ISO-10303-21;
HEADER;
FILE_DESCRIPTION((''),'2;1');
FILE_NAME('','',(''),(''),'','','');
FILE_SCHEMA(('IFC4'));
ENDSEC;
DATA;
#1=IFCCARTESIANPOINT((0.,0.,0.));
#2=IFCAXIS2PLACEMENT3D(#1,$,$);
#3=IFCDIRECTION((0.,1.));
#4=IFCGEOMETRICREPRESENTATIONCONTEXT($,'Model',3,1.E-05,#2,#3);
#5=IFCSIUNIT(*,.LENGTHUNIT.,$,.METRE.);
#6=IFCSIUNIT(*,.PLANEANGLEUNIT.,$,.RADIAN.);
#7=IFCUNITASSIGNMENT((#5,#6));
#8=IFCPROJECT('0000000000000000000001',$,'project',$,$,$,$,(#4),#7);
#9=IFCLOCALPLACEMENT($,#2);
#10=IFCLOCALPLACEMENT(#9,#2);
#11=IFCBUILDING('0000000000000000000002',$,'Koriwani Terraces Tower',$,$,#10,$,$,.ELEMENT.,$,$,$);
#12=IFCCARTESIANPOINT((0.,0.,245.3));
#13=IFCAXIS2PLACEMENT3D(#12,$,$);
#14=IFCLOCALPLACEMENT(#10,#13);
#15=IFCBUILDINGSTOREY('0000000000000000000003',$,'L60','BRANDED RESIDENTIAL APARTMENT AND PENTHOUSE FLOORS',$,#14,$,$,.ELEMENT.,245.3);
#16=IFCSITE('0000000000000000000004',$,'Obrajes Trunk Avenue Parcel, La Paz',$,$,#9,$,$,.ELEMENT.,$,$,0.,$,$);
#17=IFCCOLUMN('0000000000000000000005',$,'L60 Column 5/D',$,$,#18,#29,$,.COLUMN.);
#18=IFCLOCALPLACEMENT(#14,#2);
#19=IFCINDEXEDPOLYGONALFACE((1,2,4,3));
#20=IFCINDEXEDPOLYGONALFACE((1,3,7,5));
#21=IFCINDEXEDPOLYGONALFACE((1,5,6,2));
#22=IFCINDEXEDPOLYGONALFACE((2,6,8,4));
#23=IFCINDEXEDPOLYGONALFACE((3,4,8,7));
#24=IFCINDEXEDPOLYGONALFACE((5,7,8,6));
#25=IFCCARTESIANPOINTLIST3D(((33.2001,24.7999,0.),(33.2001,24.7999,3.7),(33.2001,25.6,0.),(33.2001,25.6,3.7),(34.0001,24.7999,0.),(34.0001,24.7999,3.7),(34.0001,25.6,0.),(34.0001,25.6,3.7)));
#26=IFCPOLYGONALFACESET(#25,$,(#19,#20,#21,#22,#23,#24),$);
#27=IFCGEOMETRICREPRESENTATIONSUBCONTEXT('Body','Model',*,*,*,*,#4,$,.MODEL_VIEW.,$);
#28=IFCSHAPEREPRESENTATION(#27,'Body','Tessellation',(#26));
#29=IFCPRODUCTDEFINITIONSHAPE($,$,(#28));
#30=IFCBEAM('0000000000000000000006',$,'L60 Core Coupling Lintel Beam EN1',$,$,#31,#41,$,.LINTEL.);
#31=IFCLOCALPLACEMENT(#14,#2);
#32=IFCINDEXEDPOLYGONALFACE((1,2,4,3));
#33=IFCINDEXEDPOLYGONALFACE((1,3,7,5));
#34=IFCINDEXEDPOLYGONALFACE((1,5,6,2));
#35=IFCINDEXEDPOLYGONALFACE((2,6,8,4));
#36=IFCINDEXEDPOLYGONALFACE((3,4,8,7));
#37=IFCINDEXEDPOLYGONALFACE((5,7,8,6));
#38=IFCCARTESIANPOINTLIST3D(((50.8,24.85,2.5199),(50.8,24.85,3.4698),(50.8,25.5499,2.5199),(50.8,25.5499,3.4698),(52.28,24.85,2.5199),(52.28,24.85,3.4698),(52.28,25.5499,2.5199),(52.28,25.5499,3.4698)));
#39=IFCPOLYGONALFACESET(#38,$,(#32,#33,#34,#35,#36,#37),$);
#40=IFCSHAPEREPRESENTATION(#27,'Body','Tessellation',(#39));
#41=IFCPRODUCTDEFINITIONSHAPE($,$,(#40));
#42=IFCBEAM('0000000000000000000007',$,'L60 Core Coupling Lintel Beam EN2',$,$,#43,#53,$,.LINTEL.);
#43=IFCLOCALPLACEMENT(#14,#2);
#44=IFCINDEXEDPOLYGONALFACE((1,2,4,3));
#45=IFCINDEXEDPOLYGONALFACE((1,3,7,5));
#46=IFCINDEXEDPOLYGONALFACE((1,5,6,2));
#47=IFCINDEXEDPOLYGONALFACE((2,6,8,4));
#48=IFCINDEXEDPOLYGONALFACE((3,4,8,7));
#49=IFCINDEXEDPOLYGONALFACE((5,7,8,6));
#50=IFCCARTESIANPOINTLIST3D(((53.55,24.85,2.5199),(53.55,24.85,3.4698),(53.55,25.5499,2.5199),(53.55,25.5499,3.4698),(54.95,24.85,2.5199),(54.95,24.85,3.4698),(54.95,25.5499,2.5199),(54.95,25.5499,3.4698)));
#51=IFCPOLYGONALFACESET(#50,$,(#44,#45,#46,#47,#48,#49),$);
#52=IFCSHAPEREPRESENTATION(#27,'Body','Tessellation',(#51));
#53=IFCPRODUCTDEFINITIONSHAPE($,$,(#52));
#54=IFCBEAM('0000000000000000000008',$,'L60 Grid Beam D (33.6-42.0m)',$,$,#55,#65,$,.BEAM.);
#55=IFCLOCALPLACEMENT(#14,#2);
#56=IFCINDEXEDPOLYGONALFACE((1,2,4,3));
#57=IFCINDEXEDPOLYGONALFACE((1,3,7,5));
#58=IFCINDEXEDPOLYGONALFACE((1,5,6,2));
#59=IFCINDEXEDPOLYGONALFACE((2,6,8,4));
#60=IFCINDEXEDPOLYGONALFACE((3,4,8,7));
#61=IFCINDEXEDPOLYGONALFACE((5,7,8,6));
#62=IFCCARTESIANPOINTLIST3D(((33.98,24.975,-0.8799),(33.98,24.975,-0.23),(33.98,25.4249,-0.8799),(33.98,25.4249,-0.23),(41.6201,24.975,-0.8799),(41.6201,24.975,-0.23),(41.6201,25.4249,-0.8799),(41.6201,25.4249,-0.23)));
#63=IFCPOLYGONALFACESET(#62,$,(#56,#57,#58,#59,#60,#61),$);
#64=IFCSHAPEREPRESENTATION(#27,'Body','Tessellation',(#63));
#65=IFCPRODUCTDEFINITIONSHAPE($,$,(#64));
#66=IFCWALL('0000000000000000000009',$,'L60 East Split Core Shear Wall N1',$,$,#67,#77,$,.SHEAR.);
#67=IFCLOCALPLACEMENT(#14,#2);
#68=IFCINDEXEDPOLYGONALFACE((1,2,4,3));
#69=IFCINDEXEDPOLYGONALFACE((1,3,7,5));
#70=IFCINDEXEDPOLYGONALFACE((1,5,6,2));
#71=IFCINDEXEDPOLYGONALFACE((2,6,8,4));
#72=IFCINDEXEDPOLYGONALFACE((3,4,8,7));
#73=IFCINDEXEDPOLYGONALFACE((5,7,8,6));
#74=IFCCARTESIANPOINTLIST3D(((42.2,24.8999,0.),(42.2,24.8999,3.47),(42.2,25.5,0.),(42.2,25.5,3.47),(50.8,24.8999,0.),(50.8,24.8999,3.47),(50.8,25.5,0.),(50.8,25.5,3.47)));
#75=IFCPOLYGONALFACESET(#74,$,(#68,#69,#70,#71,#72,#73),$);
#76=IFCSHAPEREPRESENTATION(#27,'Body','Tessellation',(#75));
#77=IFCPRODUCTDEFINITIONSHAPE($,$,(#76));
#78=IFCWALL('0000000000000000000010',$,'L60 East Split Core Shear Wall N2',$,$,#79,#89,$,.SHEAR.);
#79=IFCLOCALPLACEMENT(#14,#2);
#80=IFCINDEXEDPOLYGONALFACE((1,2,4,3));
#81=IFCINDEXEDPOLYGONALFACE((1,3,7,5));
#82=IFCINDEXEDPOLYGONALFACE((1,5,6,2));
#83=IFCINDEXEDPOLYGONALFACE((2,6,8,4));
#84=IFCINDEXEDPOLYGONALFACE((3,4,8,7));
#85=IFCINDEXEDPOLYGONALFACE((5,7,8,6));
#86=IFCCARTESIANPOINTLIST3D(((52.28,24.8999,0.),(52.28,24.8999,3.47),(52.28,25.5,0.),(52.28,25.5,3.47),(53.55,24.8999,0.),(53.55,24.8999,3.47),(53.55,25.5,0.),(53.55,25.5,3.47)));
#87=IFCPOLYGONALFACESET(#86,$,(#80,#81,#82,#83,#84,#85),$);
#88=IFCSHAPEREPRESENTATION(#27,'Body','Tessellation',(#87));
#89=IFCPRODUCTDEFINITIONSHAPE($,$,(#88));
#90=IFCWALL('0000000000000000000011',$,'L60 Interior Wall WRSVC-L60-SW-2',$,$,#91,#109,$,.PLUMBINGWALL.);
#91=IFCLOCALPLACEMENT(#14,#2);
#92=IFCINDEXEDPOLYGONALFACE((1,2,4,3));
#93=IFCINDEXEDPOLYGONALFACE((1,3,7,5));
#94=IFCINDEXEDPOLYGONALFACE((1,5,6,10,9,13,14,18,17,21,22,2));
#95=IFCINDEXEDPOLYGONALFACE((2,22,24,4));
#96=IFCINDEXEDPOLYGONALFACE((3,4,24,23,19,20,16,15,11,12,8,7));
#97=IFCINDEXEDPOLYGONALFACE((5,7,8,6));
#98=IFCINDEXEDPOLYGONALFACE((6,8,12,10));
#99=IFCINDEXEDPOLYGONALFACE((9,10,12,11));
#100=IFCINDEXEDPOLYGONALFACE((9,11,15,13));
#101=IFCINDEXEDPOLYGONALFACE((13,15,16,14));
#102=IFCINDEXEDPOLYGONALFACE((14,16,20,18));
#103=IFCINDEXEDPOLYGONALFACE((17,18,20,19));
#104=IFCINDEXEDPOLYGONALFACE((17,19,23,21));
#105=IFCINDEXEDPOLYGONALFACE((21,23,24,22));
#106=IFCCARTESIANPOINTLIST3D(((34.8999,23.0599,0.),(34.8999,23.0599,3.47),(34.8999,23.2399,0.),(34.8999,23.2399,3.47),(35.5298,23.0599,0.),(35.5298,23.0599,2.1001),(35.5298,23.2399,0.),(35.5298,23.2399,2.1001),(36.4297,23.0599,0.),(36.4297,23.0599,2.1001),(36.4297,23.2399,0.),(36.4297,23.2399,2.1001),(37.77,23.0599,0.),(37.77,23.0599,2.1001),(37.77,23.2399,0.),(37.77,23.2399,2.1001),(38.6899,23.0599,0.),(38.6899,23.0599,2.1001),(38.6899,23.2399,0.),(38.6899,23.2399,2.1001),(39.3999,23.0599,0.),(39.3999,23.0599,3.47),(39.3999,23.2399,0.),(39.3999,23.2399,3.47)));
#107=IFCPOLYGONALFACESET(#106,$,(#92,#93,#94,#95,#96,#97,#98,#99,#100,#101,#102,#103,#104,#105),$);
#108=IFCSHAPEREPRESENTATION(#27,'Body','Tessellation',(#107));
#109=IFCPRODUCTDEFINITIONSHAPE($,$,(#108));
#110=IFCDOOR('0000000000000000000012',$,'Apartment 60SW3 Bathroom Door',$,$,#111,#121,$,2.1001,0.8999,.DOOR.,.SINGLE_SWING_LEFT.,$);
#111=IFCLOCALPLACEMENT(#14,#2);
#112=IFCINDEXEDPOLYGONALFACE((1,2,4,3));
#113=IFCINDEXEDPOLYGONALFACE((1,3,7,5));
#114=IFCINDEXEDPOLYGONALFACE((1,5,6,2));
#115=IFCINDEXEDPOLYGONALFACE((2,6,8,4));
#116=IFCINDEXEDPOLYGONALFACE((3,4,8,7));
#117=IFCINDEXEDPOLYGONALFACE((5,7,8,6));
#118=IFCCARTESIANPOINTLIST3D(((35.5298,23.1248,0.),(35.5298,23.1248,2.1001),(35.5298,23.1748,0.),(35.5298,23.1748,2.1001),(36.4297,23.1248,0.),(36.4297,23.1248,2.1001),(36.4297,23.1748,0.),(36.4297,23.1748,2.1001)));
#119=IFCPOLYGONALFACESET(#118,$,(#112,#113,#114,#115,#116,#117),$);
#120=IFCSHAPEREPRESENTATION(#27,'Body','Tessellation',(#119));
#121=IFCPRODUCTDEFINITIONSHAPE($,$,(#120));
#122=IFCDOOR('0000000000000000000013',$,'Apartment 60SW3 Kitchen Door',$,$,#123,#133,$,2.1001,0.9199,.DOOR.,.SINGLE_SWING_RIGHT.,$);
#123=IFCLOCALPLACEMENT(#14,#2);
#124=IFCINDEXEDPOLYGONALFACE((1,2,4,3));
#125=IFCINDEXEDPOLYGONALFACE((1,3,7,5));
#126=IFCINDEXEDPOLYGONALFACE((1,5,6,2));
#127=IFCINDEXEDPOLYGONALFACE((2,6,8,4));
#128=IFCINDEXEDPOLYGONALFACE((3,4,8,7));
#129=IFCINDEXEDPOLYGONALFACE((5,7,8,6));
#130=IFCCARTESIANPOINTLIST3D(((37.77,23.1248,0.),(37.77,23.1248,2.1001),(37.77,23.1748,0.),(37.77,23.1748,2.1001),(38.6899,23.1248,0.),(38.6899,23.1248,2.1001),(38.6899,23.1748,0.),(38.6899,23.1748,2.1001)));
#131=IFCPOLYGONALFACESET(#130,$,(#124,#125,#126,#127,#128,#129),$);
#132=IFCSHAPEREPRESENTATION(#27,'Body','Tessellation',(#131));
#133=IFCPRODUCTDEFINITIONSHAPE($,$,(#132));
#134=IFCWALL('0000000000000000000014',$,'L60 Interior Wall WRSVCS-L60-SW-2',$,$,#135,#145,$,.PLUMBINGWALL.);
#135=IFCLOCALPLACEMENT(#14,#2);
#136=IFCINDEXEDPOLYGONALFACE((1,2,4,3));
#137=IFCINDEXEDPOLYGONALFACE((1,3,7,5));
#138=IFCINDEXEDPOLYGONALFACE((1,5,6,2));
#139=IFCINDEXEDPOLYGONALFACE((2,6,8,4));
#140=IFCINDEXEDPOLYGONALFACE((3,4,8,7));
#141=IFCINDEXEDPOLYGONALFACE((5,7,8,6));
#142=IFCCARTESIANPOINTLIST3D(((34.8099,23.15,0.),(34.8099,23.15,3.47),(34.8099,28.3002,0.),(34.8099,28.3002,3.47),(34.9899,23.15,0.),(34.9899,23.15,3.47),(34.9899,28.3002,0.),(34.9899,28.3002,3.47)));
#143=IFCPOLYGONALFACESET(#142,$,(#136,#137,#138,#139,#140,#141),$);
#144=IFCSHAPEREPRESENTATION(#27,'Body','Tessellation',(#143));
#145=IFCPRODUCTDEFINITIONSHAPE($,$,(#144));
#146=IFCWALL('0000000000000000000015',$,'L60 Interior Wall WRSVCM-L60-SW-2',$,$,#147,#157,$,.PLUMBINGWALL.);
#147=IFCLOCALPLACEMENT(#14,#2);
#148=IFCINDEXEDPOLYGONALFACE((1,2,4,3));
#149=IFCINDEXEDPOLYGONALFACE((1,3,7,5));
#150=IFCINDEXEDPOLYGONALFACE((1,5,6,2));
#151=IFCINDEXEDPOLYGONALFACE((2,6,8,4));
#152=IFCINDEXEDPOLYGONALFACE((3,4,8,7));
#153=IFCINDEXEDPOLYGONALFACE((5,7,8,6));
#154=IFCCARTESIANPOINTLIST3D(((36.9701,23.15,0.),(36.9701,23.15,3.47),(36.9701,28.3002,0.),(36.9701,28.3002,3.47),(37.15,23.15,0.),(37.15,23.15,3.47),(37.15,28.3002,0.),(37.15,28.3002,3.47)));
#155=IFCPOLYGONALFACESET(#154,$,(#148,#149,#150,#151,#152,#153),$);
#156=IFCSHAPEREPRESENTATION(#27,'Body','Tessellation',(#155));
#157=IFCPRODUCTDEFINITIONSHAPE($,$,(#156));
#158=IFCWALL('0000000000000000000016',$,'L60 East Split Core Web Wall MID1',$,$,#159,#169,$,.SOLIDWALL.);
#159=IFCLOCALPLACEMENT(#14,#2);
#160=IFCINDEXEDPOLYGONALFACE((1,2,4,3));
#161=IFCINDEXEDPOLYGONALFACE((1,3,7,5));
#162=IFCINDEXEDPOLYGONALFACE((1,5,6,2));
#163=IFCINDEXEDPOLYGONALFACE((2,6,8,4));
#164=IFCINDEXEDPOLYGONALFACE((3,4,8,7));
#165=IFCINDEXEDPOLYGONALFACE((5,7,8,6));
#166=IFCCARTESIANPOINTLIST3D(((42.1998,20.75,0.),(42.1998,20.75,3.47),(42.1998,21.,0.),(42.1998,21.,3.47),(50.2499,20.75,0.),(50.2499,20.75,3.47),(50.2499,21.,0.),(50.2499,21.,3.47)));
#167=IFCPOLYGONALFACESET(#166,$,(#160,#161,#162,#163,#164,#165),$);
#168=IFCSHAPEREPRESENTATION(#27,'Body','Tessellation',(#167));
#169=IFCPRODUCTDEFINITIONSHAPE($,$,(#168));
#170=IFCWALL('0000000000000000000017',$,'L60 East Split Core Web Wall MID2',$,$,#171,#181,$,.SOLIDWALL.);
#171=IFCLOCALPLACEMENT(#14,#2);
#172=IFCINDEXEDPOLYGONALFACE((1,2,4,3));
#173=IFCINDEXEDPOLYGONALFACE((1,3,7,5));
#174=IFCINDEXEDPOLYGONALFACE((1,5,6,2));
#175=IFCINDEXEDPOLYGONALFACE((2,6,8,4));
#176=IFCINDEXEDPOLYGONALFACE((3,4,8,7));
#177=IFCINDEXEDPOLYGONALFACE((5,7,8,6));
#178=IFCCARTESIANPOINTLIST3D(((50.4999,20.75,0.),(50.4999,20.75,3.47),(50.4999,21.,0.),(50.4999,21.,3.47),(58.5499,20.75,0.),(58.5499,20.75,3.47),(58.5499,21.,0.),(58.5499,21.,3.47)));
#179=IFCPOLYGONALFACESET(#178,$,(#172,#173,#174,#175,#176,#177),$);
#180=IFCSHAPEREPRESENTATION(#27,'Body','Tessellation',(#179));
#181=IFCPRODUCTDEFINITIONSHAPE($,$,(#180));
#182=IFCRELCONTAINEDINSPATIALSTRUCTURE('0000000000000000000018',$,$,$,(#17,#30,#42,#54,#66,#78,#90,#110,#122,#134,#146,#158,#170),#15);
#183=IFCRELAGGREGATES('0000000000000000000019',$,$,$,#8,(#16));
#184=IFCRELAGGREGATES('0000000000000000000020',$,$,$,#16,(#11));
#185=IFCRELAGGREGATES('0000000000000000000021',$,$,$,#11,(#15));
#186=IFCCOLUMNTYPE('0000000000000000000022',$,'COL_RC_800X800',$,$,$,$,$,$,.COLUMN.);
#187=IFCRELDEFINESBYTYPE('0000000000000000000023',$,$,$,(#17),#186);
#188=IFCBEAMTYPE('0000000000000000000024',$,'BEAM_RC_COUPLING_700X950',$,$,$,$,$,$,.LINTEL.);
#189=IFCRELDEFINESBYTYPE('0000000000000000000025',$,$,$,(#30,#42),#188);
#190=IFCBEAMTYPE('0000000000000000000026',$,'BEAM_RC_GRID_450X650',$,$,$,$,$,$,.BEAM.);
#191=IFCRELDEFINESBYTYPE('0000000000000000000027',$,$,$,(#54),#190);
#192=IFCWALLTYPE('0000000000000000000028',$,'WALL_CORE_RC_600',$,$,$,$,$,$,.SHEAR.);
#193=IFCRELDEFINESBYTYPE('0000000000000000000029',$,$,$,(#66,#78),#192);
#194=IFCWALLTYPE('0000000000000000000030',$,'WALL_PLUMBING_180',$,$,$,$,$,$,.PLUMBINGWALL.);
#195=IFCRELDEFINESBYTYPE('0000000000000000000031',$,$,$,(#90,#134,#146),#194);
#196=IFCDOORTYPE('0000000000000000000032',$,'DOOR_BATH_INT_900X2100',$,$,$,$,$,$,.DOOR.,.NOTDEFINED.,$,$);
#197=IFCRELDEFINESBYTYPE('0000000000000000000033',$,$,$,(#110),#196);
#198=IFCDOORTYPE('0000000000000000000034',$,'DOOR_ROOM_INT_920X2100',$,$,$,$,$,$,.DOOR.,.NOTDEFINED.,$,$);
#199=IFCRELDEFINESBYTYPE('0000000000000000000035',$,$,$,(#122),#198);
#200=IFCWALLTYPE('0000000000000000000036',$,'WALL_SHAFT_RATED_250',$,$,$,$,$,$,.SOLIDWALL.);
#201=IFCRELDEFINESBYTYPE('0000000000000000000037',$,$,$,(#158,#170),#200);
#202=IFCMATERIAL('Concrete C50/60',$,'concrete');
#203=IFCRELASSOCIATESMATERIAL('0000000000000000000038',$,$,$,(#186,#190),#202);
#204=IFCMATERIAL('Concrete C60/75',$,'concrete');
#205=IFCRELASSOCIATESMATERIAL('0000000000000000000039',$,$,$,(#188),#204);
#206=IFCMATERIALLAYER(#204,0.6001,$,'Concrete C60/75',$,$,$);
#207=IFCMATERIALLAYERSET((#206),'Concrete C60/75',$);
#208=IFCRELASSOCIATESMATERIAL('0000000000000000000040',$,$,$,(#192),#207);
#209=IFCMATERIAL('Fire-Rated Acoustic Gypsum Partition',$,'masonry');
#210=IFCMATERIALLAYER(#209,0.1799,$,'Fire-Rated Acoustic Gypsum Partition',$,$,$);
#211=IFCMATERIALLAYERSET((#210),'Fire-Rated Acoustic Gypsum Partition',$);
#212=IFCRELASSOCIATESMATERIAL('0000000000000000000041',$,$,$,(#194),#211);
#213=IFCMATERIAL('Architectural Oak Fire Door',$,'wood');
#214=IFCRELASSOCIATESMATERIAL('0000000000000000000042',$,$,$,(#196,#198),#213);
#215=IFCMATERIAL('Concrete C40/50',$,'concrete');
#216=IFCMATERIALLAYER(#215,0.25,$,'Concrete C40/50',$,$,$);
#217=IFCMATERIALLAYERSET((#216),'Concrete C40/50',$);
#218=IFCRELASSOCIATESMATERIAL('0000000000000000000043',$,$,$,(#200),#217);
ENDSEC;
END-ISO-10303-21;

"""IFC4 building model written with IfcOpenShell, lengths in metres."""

from ifc_helpers import new_model, si_unit, direction, frame, frame_2d, origin, origin_2d, place, context, subcontext, project, spatial, rectangle, extrude, material, layer, layer_set, material_profile, profile_set, type_object, element, fill, save


model = new_model("IFC4")

# Units and contexts
model_context = context("Model", 3, precision=1e-05, world=origin(), true_north=direction((0.0, 1.0)))
body_context = subcontext(model_context, "Body", "Model", "MODEL_VIEW")
ifc_project = project(units=[si_unit("LENGTHUNIT", "METRE"), si_unit("PLANEANGLEUNIT", "RADIAN")], contexts=[model_context])

# Site, building, storey
site_placement = place(None, origin())
site = spatial("IfcSite", under=ifc_project, at=site_placement, Name="Obrajes Trunk Avenue Parcel, La Paz", CompositionType="ELEMENT", RefElevation=0.0)
building_placement = place(site_placement, origin())
building = spatial("IfcBuilding", under=site, at=building_placement, Name="Koriwani Terraces Tower", CompositionType="ELEMENT")
storey_placement = place(building_placement, frame((0.0, 0.0, 245.3)))
storey = spatial("IfcBuildingStorey", under=building, at=storey_placement, Name="L60", Description="BRANDED RESIDENTIAL APARTMENT AND PENTHOUSE FLOORS", CompositionType="ELEMENT", Elevation=245.3)

# Column
ifc_material_1 = material(Name="Concrete C50/60", Category="concrete")
ifc_material_profile_1 = material_profile(ifc_material_1, rectangle(XDim=0.8, YDim=0.8, at=origin_2d()), Name="Concrete C50/60", Category="LoadBearing")
ifc_profile_set_1 = profile_set([ifc_material_profile_1], Name="Concrete C50/60")
column_type = type_object("IfcColumnType", Name="COL_RC_800X800", PredefinedType="COLUMN", material=ifc_profile_set_1)
column_placement = place(storey_placement, frame((33.6001, 25.2, 0.0), z_axis=(0.0, 0.0, 1.0), x_axis=(1.0, 0.0, 0.0)))
element("IfcColumn", 1, at=column_placement, inside=storey, type_object=column_type, Name="L60 Column 5/D", PredefinedType="COLUMN", context=body_context, shape_type="SweptSolid", body=[
    extrude(rectangle(XDim=0.8, YDim=0.8, at=origin_2d()), origin(), (0.0, 0.0, 1.0), 3.7),
])

# Beams
ifc_material_2 = material(Name="Concrete C60/75", Category="concrete")
ifc_material_profile_2 = material_profile(ifc_material_2, rectangle(XDim=0.7, YDim=0.95, at=origin_2d()), Name="Concrete C60/75", Category="LoadBearing")
ifc_profile_set_2 = profile_set([ifc_material_profile_2], Name="Concrete C60/75")
beam_type_1 = type_object("IfcBeamType", Name="BEAM_RC_COUPLING_700X950", PredefinedType="LINTEL", material=ifc_profile_set_2)
beam_1_placement = place(storey_placement, frame((50.8, 25.2, 2.9949), z_axis=(1.0, 0.0, 0.0), x_axis=(0.0, 1.0, 0.0)))
element("IfcBeam", 2, at=beam_1_placement, inside=storey, type_object=beam_type_1, Name="L60 Core Coupling Lintel Beam EN1", PredefinedType="LINTEL", context=body_context, shape_type="SweptSolid", body=[
    extrude(rectangle(XDim=0.7, YDim=0.95, at=origin_2d()), origin(), (0.0, 0.0, 1.0), 1.48),
])
beam_2_placement = place(storey_placement, frame((53.55, 25.2, 2.9949), z_axis=(1.0, 0.0, 0.0), x_axis=(0.0, 1.0, 0.0)))
element("IfcBeam", 3, at=beam_2_placement, inside=storey, type_object=beam_type_1, Name="L60 Core Coupling Lintel Beam EN2", PredefinedType="LINTEL", context=body_context, shape_type="SweptSolid", body=[
    extrude(rectangle(XDim=0.7, YDim=0.95, at=origin_2d()), origin(), (0.0, 0.0, 1.0), 1.3999),
])
ifc_material_profile_3 = material_profile(ifc_material_1, rectangle(XDim=0.45, YDim=0.6499, at=origin_2d()), Name="Concrete C50/60", Category="LoadBearing")
ifc_profile_set_3 = profile_set([ifc_material_profile_3], Name="Concrete C50/60")
beam_type_2 = type_object("IfcBeamType", Name="BEAM_RC_GRID_450X650", PredefinedType="BEAM", material=ifc_profile_set_3)
beam_3_placement = place(storey_placement, frame((33.98, 25.2, -0.5549), z_axis=(1.0, 0.0, 0.0), x_axis=(0.0, 1.0, 0.0)))
element("IfcBeam", 4, at=beam_3_placement, inside=storey, type_object=beam_type_2, Name="L60 Grid Beam D (33.6-42.0m)", PredefinedType="BEAM", context=body_context, shape_type="SweptSolid", body=[
    extrude(rectangle(XDim=0.45, YDim=0.6499, at=origin_2d()), origin(), (0.0, 0.0, 1.0), 7.6401),
])

# Walls
ifc_layer_1 = layer(ifc_material_2, 0.6001, Name="Concrete C60/75")
ifc_layer_set_1 = layer_set([ifc_layer_1], Name="Concrete C60/75")
wall_type_1 = type_object("IfcWallType", Name="WALL_CORE_RC_600", PredefinedType="SHEAR", material=ifc_layer_set_1)
wall_1_placement = place(storey_placement, frame((42.2, 25.2, 0.0), z_axis=(0.0, 0.0, 1.0), x_axis=(1.0, 0.0, 0.0)))
element("IfcWall", 5, at=wall_1_placement, inside=storey, type_object=wall_type_1, Name="L60 East Split Core Shear Wall N1", PredefinedType="SHEAR", context=body_context, shape_type="SweptSolid", body=[
    extrude(rectangle(XDim=8.6001, YDim=0.6001, at=frame_2d((4.3, 0.0))), origin(), (0.0, 0.0, 1.0), 3.47),
])
wall_2_placement = place(storey_placement, frame((52.28, 25.2, 0.0), z_axis=(0.0, 0.0, 1.0), x_axis=(1.0, 0.0, 0.0)))
element("IfcWall", 6, at=wall_2_placement, inside=storey, type_object=wall_type_1, Name="L60 East Split Core Shear Wall N2", PredefinedType="SHEAR", context=body_context, shape_type="SweptSolid", body=[
    extrude(rectangle(XDim=1.27, YDim=0.6001, at=frame_2d((0.635, 0.0))), origin(), (0.0, 0.0, 1.0), 3.47),
])

# Wall, openings, doors
ifc_material_3 = material(Name="Fire-Rated Acoustic Gypsum Partition", Category="masonry")
ifc_layer_2 = layer(ifc_material_3, 0.1799, Name="Fire-Rated Acoustic Gypsum Partition")
ifc_layer_set_2 = layer_set([ifc_layer_2], Name="Fire-Rated Acoustic Gypsum Partition")
wall_type_2 = type_object("IfcWallType", Name="WALL_PLUMBING_180", PredefinedType="PLUMBINGWALL", material=ifc_layer_set_2)
wall_3_placement = place(storey_placement, frame((34.8999, 23.1499, 0.0), z_axis=(0.0, 0.0, 1.0), x_axis=(1.0, 0.0, 0.0)))
wall_3 = element("IfcWall", 7, at=wall_3_placement, inside=storey, type_object=wall_type_2, Name="L60 Interior Wall WRSVC-L60-SW-2", PredefinedType="PLUMBINGWALL", context=body_context, shape_type="SweptSolid", body=[
    extrude(rectangle(XDim=4.5, YDim=0.1799, at=frame_2d((2.25, 0.0))), origin(), (0.0, 0.0, 1.0), 3.47),
])
opening_1_placement = place(wall_3_placement, frame((0.6299, 0.0, 0.0)))
opening_1 = element("IfcOpeningElement", 8, at=opening_1_placement, cuts=wall_3, PredefinedType="OPENING", context=body_context, shape_type="SweptSolid", body=[
    extrude(rectangle(XDim=0.8999, YDim=2.1001, at=frame_2d((0.45, 1.05))), frame((0.0, 0.1001, 0.0), z_axis=(0.0, -1.0, 0.0), x_axis=(1.0, 0.0, 0.0)), (0.0, 0.0, 1.0), 0.2),
])
opening_2_placement = place(wall_3_placement, frame((2.8701, 0.0, 0.0)))
opening_2 = element("IfcOpeningElement", 9, at=opening_2_placement, cuts=wall_3, PredefinedType="OPENING", context=body_context, shape_type="SweptSolid", body=[
    extrude(rectangle(XDim=0.9199, YDim=2.1001, at=frame_2d((0.46, 1.05))), frame((0.0, 0.1001, 0.0), z_axis=(0.0, -1.0, 0.0), x_axis=(1.0, 0.0, 0.0)), (0.0, 0.0, 1.0), 0.2),
])
ifc_material_4 = material(Name="Architectural Oak Fire Door", Category="wood")
door_type_1 = type_object("IfcDoorType", Name="DOOR_BATH_INT_900X2100", OperationType="NOTDEFINED", PredefinedType="DOOR", material=ifc_material_4)
door_1_placement = place(opening_1_placement, origin())
door_1 = element("IfcDoor", 10, at=door_1_placement, inside=storey, type_object=door_type_1, Name="Apartment 60SW3 Bathroom Door", OperationType="SINGLE_SWING_LEFT", OverallHeight=2.1001, OverallWidth=0.8999, PredefinedType="DOOR", context=body_context, shape_type="SweptSolid", body=[
    extrude(rectangle(XDim=0.8999, YDim=2.1001, at=frame_2d((0.45, 1.05))), frame((0.0, 0.0249, 0.0), z_axis=(0.0, -1.0, 0.0), x_axis=(1.0, 0.0, 0.0)), (0.0, 0.0, 1.0), 0.05),
])
fill(opening_1, door_1)
door_type_2 = type_object("IfcDoorType", Name="DOOR_ROOM_INT_920X2100", OperationType="NOTDEFINED", PredefinedType="DOOR", material=ifc_material_4)
door_2_placement = place(opening_2_placement, origin())
door_2 = element("IfcDoor", 11, at=door_2_placement, inside=storey, type_object=door_type_2, Name="Apartment 60SW3 Kitchen Door", OperationType="SINGLE_SWING_RIGHT", OverallHeight=2.1001, OverallWidth=0.9199, PredefinedType="DOOR", context=body_context, shape_type="SweptSolid", body=[
    extrude(rectangle(XDim=0.9199, YDim=2.1001, at=frame_2d((0.46, 1.05))), frame((0.0, 0.0249, 0.0), z_axis=(0.0, -1.0, 0.0), x_axis=(1.0, 0.0, 0.0)), (0.0, 0.0, 1.0), 0.05),
])
fill(opening_2, door_2)

# Walls
for number, where, z_axis, x_axis, name in (
    (12, (34.8999, 23.1499, 0.0), (0.0, 0.0, 1.0), (0.0, 1.0, 0.0), "L60 Interior Wall WRSVCS-L60-SW-2"),
    (13, (37.0601, 23.1499, 0.0), (0.0, 0.0, 1.0), (0.0, 1.0, 0.0), "L60 Interior Wall WRSVCM-L60-SW-2"),
):
    element("IfcWall", number, at=place(storey_placement, frame(where, z_axis=z_axis, x_axis=x_axis)), inside=storey, type_object=wall_type_2, Name=name, PredefinedType="PLUMBINGWALL", context=body_context, shape_type="SweptSolid", body=[
        extrude(rectangle(XDim=5.1501, YDim=0.1799, at=frame_2d((2.5752, 0.0))), origin(), (0.0, 0.0, 1.0), 3.47),
    ])
ifc_material_5 = material(Name="Concrete C40/50", Category="concrete")
ifc_layer_3 = layer(ifc_material_5, 0.25, Name="Concrete C40/50")
ifc_layer_set_3 = layer_set([ifc_layer_3], Name="Concrete C40/50")
wall_type_3 = type_object("IfcWallType", Name="WALL_SHAFT_RATED_250", PredefinedType="SOLIDWALL", material=ifc_layer_set_3)
for number, where, z_axis, x_axis, name in (
    (14, (42.2, 20.875, 0.0), (0.0, 0.0, 1.0), (1.0, 0.0, 0.0), "L60 East Split Core Web Wall MID1"),
    (15, (50.5, 20.875, 0.0), (0.0, 0.0, 1.0), (1.0, 0.0, 0.0), "L60 East Split Core Web Wall MID2"),
):
    element("IfcWall", number, at=place(storey_placement, frame(where, z_axis=z_axis, x_axis=x_axis)), inside=storey, type_object=wall_type_3, Name=name, PredefinedType="SOLIDWALL", context=body_context, shape_type="SweptSolid", body=[
        extrude(rectangle(XDim=8.05, YDim=0.25, at=frame_2d((4.0249, 0.0))), origin(), (0.0, 0.0, 1.0), 3.47),
    ])

save(model, "model.ifc")
